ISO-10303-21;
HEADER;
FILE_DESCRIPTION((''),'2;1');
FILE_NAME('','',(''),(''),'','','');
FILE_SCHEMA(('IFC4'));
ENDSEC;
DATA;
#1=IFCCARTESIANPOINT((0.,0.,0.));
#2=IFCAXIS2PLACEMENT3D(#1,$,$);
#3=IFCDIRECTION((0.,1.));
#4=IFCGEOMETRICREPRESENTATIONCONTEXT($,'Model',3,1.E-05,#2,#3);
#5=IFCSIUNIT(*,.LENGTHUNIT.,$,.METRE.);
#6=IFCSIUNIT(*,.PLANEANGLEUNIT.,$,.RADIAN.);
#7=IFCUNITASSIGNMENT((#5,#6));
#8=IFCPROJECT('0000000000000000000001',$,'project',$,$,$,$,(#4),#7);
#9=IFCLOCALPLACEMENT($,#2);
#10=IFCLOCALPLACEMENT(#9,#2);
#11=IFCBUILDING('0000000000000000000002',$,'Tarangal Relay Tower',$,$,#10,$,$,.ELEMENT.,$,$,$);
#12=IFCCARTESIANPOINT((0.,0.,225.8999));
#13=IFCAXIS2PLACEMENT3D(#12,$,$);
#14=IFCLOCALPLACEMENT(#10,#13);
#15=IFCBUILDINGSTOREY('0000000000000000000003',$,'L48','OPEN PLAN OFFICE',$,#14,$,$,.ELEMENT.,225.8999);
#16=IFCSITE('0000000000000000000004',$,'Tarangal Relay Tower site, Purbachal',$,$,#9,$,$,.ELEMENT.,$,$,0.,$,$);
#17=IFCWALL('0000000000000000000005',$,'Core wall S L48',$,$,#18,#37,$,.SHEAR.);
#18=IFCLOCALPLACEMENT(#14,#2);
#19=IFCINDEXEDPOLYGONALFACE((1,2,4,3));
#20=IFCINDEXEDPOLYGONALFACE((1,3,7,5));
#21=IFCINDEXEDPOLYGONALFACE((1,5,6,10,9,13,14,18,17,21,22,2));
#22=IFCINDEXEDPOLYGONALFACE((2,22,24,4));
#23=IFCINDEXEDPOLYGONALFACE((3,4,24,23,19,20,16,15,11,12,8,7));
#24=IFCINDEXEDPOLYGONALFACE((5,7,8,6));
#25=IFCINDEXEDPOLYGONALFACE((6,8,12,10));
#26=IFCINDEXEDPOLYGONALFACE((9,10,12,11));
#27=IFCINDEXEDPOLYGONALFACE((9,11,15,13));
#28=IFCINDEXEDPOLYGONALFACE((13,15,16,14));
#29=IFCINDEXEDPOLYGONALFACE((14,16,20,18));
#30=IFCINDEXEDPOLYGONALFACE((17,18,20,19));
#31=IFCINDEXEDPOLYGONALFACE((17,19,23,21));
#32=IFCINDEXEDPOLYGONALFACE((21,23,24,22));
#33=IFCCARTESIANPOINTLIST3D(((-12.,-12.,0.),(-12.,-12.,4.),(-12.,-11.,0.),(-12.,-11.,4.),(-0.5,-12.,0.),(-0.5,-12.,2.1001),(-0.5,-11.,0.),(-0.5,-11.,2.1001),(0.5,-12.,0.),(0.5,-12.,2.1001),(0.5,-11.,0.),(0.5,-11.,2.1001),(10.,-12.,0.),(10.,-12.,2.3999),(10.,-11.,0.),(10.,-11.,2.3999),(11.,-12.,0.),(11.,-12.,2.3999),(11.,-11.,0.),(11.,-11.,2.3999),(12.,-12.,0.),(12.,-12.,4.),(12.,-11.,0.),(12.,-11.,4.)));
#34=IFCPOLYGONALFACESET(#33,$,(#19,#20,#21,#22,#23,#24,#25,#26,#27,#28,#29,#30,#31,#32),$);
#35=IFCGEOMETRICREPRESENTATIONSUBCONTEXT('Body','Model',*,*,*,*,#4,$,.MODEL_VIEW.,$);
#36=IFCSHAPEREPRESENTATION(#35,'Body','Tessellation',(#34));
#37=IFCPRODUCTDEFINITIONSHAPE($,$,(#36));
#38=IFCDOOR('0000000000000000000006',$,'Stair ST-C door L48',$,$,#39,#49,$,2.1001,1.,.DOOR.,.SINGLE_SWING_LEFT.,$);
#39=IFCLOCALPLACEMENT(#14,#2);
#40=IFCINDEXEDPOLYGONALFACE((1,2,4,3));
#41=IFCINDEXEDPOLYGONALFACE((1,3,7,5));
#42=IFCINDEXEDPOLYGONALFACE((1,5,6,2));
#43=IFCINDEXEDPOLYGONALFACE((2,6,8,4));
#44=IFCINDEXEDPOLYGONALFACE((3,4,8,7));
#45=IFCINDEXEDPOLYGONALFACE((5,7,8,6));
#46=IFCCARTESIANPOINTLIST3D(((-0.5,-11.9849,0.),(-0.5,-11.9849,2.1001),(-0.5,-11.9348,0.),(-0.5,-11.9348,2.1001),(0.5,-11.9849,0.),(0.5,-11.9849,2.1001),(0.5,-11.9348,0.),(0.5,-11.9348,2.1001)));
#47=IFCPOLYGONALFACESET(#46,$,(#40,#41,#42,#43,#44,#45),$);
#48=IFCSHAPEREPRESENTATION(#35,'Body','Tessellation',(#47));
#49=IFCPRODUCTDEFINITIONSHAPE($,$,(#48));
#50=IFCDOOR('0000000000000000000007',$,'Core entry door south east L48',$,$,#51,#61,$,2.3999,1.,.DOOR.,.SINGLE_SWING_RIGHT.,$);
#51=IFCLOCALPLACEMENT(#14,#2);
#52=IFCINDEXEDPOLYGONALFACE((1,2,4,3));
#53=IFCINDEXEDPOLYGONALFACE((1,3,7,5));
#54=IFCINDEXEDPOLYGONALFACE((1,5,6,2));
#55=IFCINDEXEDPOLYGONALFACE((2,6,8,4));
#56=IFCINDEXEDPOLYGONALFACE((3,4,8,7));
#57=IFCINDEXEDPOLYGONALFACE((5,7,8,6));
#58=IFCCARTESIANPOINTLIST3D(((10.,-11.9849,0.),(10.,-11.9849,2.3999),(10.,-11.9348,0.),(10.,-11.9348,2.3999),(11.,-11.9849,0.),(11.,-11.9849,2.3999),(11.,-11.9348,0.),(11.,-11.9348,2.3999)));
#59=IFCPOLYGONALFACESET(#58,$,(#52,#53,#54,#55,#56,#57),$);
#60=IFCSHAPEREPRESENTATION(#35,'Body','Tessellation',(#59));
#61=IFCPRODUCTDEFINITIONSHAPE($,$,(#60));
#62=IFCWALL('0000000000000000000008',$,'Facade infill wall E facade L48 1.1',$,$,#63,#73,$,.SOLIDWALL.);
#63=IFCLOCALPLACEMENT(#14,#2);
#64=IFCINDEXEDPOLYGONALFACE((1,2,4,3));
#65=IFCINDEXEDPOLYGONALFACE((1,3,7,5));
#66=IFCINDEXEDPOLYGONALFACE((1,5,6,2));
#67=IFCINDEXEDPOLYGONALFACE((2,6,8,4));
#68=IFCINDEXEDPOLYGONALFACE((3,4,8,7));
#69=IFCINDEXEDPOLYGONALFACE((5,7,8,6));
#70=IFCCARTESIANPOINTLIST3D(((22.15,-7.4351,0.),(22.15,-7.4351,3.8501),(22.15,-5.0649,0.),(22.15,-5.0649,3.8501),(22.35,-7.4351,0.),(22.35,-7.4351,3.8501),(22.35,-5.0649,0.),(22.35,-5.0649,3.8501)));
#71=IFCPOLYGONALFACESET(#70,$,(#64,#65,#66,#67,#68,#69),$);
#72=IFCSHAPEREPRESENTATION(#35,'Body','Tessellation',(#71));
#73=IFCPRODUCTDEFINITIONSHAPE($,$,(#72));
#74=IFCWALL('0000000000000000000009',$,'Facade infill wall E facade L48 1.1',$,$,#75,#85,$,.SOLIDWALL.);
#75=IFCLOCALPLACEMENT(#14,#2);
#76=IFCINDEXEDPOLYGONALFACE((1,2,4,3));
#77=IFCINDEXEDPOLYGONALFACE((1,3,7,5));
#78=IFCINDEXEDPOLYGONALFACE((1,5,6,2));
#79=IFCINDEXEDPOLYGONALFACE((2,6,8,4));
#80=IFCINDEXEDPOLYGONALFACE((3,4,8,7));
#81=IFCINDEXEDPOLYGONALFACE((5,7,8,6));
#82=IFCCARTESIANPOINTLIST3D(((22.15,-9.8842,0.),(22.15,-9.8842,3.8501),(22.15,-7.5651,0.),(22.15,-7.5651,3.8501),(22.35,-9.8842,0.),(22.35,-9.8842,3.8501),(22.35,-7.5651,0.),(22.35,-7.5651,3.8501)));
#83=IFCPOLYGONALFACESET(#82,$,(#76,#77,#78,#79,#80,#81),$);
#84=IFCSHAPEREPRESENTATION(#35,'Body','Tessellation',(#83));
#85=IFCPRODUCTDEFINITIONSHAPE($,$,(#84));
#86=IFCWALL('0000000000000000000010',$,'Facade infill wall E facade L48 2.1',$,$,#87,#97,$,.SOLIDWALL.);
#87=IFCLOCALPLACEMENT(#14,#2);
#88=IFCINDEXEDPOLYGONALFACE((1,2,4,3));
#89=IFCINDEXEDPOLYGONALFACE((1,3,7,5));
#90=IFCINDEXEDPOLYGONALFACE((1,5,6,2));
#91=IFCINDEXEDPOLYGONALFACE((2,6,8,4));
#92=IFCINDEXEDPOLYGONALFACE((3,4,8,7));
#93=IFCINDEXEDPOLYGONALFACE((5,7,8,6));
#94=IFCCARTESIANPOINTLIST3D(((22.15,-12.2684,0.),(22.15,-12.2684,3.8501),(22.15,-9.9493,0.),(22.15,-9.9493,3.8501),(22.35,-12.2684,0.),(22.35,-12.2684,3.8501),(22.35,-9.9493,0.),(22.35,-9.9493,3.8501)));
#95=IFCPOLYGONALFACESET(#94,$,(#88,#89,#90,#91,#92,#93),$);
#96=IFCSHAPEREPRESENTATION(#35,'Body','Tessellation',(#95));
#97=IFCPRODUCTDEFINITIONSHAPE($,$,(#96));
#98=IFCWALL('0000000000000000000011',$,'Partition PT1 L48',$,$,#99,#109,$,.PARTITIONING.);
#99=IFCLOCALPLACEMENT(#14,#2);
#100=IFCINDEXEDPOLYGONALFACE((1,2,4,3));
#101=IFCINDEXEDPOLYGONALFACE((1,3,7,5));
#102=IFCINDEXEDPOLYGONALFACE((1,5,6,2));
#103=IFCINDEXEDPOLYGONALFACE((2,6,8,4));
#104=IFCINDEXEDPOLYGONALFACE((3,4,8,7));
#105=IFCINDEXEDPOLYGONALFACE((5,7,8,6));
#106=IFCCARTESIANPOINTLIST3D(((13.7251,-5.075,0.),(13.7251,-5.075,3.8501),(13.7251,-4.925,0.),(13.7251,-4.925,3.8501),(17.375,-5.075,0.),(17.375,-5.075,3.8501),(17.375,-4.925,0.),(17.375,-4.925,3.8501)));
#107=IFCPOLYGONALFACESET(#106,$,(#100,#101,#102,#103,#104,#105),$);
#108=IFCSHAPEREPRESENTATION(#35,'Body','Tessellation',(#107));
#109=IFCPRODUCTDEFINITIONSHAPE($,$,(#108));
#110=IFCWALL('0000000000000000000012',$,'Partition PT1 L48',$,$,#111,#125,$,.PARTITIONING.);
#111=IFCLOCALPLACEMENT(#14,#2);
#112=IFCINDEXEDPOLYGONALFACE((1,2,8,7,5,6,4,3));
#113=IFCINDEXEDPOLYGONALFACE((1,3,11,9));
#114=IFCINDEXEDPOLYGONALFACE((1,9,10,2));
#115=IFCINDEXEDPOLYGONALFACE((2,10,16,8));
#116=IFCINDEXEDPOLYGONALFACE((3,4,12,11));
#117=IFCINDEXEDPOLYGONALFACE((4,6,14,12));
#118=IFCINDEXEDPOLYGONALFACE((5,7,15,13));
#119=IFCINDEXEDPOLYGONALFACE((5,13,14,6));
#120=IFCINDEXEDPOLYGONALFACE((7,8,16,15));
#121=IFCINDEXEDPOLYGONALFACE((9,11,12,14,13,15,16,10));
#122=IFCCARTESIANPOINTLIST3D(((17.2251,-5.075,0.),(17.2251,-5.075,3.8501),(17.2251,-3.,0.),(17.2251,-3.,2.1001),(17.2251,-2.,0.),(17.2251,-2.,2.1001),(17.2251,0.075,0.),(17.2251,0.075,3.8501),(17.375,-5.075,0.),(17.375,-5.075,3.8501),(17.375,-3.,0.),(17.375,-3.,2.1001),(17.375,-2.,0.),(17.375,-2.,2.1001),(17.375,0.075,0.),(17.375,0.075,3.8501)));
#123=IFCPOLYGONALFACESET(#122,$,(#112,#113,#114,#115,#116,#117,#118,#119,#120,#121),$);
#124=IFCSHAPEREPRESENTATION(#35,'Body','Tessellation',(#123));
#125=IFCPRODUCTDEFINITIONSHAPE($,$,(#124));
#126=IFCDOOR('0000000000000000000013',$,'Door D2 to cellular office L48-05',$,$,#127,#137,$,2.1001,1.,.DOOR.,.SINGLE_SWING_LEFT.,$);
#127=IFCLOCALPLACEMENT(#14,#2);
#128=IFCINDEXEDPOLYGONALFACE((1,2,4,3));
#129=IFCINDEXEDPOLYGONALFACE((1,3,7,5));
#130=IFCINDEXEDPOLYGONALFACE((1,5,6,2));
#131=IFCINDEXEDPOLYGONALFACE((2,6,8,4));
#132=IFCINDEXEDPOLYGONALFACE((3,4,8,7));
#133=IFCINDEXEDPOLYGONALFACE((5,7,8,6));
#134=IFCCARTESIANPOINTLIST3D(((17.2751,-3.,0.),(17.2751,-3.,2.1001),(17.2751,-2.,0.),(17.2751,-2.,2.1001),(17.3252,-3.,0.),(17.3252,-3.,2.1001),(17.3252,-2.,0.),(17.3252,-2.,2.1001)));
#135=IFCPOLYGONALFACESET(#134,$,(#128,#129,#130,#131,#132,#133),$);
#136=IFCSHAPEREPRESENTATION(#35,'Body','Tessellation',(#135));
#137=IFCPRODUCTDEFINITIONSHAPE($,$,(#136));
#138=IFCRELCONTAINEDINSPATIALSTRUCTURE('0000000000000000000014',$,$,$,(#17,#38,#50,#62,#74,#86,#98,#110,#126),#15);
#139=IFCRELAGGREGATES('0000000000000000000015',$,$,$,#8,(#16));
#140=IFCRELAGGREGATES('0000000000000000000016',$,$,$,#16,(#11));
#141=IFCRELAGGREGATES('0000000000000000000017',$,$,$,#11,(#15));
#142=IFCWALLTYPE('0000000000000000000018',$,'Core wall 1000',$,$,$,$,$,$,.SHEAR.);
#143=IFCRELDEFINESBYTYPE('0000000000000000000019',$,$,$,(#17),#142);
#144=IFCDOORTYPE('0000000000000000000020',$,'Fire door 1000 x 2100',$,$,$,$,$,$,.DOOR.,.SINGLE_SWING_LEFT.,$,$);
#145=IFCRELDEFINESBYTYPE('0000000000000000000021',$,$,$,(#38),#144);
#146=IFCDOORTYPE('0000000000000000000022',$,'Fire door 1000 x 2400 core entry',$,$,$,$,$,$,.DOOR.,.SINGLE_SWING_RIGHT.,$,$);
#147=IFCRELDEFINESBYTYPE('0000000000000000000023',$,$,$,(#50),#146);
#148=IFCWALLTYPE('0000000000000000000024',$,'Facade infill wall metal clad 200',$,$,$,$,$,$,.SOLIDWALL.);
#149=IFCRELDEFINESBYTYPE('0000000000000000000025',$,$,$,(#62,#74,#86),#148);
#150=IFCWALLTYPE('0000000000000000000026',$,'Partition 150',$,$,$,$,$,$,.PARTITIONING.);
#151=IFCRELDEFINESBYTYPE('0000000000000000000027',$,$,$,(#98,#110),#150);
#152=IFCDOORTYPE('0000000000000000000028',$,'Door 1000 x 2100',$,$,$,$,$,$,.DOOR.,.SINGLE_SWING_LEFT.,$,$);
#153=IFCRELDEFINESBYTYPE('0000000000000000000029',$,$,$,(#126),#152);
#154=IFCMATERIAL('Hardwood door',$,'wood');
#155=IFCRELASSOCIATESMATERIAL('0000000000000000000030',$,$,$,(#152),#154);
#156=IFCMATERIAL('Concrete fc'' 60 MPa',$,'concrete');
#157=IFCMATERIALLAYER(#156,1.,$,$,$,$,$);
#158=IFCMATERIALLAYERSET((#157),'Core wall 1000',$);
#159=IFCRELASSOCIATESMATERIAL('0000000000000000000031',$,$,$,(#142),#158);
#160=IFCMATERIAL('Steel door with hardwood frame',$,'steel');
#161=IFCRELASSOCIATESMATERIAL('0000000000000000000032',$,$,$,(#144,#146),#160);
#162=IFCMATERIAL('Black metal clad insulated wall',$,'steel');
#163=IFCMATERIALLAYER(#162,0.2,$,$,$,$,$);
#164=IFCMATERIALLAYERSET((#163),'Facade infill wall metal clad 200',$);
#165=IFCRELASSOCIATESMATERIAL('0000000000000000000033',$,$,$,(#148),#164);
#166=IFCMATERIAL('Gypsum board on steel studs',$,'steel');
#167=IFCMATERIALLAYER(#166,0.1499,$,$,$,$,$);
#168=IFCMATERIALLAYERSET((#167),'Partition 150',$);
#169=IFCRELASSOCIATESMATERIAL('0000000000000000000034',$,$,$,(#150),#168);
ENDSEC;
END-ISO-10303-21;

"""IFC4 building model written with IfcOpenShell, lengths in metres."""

from ifc_helpers import new_model, si_unit, direction, frame, frame_2d, origin, place, context, subcontext, project, spatial, rectangle, extrude, material, layer, layer_set, type_object, element, fill, save


model = new_model("IFC4")

# Units and contexts
model_context = context("Model", 3, precision=1e-05, world=origin(), true_north=direction((0.0, 1.0)))
body_context = subcontext(model_context, "Body", "Model", "MODEL_VIEW")
ifc_project = project(units=[si_unit("LENGTHUNIT", "METRE"), si_unit("PLANEANGLEUNIT", "RADIAN")], contexts=[model_context])

# Site, building, storey
site_placement = place(None, origin())
site = spatial("IfcSite", under=ifc_project, at=site_placement, Name="Tarangal Relay Tower site, Purbachal", CompositionType="ELEMENT", RefElevation=0.0)
building_placement = place(site_placement, origin())
building = spatial("IfcBuilding", under=site, at=building_placement, Name="Tarangal Relay Tower", CompositionType="ELEMENT")
storey_placement = place(building_placement, frame((0.0, 0.0, 225.8999)))
storey = spatial("IfcBuildingStorey", under=building, at=storey_placement, Name="L48", Description="OPEN PLAN OFFICE", CompositionType="ELEMENT", Elevation=225.8999)

# Shared definitions
ifc_material_1 = material(Name="Hardwood door", Category="wood")
door_type_1 = type_object("IfcDoorType", Name="Door 1000 x 2100", OperationType="SINGLE_SWING_LEFT", PredefinedType="DOOR", material=ifc_material_1)

# Wall, openings, doors
ifc_material_2 = material(Name="Concrete fc' 60 MPa", Category="concrete")
ifc_layer_1 = layer(ifc_material_2, 1.0)
ifc_layer_set_1 = layer_set([ifc_layer_1], Name="Core wall 1000")
wall_type_1 = type_object("IfcWallType", Name="Core wall 1000", PredefinedType="SHEAR", material=ifc_layer_set_1)
wall_1_placement = place(storey_placement, frame((12.0, -11.5, 0.0), z_axis=(0.0, 0.0, 1.0), x_axis=(-1.0, 0.0, 0.0)))
wall_1 = element("IfcWall", 1, at=wall_1_placement, inside=storey, type_object=wall_type_1, Name="Core wall S L48", PredefinedType="SHEAR", context=body_context, shape_type="SweptSolid", body=[
    extrude(rectangle(XDim=24.0, YDim=1.0, at=frame_2d((12.0, 0.0))), origin(), (0.0, 0.0, 1.0), 4.0),
])
opening_1_placement = place(wall_1_placement, frame((11.5, 0.0, 0.0)))
opening_1 = element("IfcOpeningElement", 2, at=opening_1_placement, cuts=wall_1, PredefinedType="OPENING", context=body_context, shape_type="SweptSolid", body=[
    extrude(rectangle(XDim=1.0, YDim=2.1001, at=frame_2d((0.5, 1.05))), frame((0.0, 0.51, 0.0), z_axis=(0.0, -1.0, 0.0), x_axis=(1.0, 0.0, 0.0)), (0.0, 0.0, 1.0), 1.02),
])
opening_2_placement = place(wall_1_placement, frame((1.0, 0.0, 0.0)))
opening_2 = element("IfcOpeningElement", 3, at=opening_2_placement, cuts=wall_1, PredefinedType="OPENING", context=body_context, shape_type="SweptSolid", body=[
    extrude(rectangle(XDim=1.0, YDim=2.3999, at=frame_2d((0.5, 1.2))), frame((0.0, 0.51, 0.0), z_axis=(0.0, -1.0, 0.0), x_axis=(1.0, 0.0, 0.0)), (0.0, 0.0, 1.0), 1.02),
])
ifc_material_3 = material(Name="Steel door with hardwood frame", Category="steel")
door_type_2 = type_object("IfcDoorType", Name="Fire door 1000 x 2100", OperationType="SINGLE_SWING_LEFT", PredefinedType="DOOR", material=ifc_material_3)
door_1_placement = place(opening_1_placement, origin())
door_1 = element("IfcDoor", 4, at=door_1_placement, inside=storey, type_object=door_type_2, Name="Stair ST-C door L48", OperationType="SINGLE_SWING_LEFT", OverallHeight=2.1001, OverallWidth=1.0, PredefinedType="DOOR", context=body_context, shape_type="SweptSolid", body=[
    extrude(rectangle(XDim=1.0, YDim=2.1001, at=frame_2d((0.5, 1.05))), frame((0.0, 0.4849, 0.0), z_axis=(0.0, -1.0, 0.0), x_axis=(1.0, 0.0, 0.0)), (0.0, 0.0, 1.0), 0.05),
])
fill(opening_1, door_1)
door_type_3 = type_object("IfcDoorType", Name="Fire door 1000 x 2400 core entry", OperationType="SINGLE_SWING_RIGHT", PredefinedType="DOOR", material=ifc_material_3)
door_2_placement = place(opening_2_placement, origin())
door_2 = element("IfcDoor", 5, at=door_2_placement, inside=storey, type_object=door_type_3, Name="Core entry door south east L48", OperationType="SINGLE_SWING_RIGHT", OverallHeight=2.3999, OverallWidth=1.0, PredefinedType="DOOR", context=body_context, shape_type="SweptSolid", body=[
    extrude(rectangle(XDim=1.0, YDim=2.3999, at=frame_2d((0.5, 1.2))), frame((0.0, 0.4849, 0.0), z_axis=(0.0, -1.0, 0.0), x_axis=(1.0, 0.0, 0.0)), (0.0, 0.0, 1.0), 0.05),
])
fill(opening_2, door_2)

# Walls
ifc_material_4 = material(Name="Black metal clad insulated wall", Category="steel")
ifc_layer_2 = layer(ifc_material_4, 0.2)
ifc_layer_set_2 = layer_set([ifc_layer_2], Name="Facade infill wall metal clad 200")
wall_type_2 = type_object("IfcWallType", Name="Facade infill wall metal clad 200", PredefinedType="SOLIDWALL", material=ifc_layer_set_2)
wall_2_placement = place(storey_placement, frame((22.25, -5.0649, 0.0), z_axis=(0.0, 0.0, 1.0), x_axis=(0.0, -1.0, 0.0)))
element("IfcWall", 6, at=wall_2_placement, inside=storey, type_object=wall_type_2, Name="Facade infill wall E facade L48 1.1", PredefinedType="SOLIDWALL", context=body_context, shape_type="SweptSolid", body=[
    extrude(rectangle(XDim=2.3701, YDim=0.2, at=frame_2d((1.1851, 0.0))), origin(), (0.0, 0.0, 1.0), 3.8501),
])
for number, where, z_axis, x_axis, name in (
    (7, (22.25, -7.5649, 0.0), (0.0, 0.0, 1.0), (0.0, -1.0, 0.0), "Facade infill wall E facade L48 1.1"),
    (8, (22.25, -9.9492, 0.0), (0.0, 0.0, 1.0), (0.0, -1.0, 0.0), "Facade infill wall E facade L48 2.1"),
):
    element("IfcWall", number, at=place(storey_placement, frame(where, z_axis=z_axis, x_axis=x_axis)), inside=storey, type_object=wall_type_2, Name=name, PredefinedType="SOLIDWALL", context=body_context, shape_type="SweptSolid", body=[
        extrude(rectangle(XDim=2.3191, YDim=0.2, at=frame_2d((1.1597, 0.0))), origin(), (0.0, 0.0, 1.0), 3.8501),
    ])
ifc_material_5 = material(Name="Gypsum board on steel studs", Category="steel")
ifc_layer_3 = layer(ifc_material_5, 0.1499)
ifc_layer_set_3 = layer_set([ifc_layer_3], Name="Partition 150")
wall_type_3 = type_object("IfcWallType", Name="Partition 150", PredefinedType="PARTITIONING", material=ifc_layer_set_3)
wall_3_placement = place(storey_placement, frame((13.7251, -5.0, 0.0), z_axis=(0.0, 0.0, 1.0), x_axis=(1.0, 0.0, 0.0)))
element("IfcWall", 9, at=wall_3_placement, inside=storey, type_object=wall_type_3, Name="Partition PT1 L48", PredefinedType="PARTITIONING", context=body_context, shape_type="SweptSolid", body=[
    extrude(rectangle(XDim=3.6499, YDim=0.1499, at=frame_2d((1.825, 0.0))), origin(), (0.0, 0.0, 1.0), 3.8501),
])

# Wall, opening, door
wall_4_placement = place(storey_placement, frame((17.3, -5.075, 0.0), z_axis=(0.0, 0.0, 1.0), x_axis=(0.0, 1.0, 0.0)))
wall_4 = element("IfcWall", 10, at=wall_4_placement, inside=storey, type_object=wall_type_3, Name="Partition PT1 L48", PredefinedType="PARTITIONING", context=body_context, shape_type="SweptSolid", body=[
    extrude(rectangle(XDim=5.1499, YDim=0.1499, at=frame_2d((2.575, 0.0))), origin(), (0.0, 0.0, 1.0), 3.8501),
])
opening_3_placement = place(wall_4_placement, frame((2.075, 0.0, 0.0)))
opening_3 = element("IfcOpeningElement", 11, at=opening_3_placement, cuts=wall_4, PredefinedType="OPENING", context=body_context, shape_type="SweptSolid", body=[
    extrude(rectangle(XDim=1.0, YDim=2.1001, at=frame_2d((0.5, 1.05))), frame((0.0, 0.085, 0.0), z_axis=(0.0, -1.0, 0.0), x_axis=(1.0, 0.0, 0.0)), (0.0, 0.0, 1.0), 0.1699),
])
door_3_placement = place(opening_3_placement, origin())
door_3 = element("IfcDoor", 12, at=door_3_placement, inside=storey, type_object=door_type_1, Name="Door D2 to cellular office L48-05", OperationType="SINGLE_SWING_LEFT", OverallHeight=2.1001, OverallWidth=1.0, PredefinedType="DOOR", context=body_context, shape_type="SweptSolid", body=[
    extrude(rectangle(XDim=1.0, YDim=2.1001, at=frame_2d((0.5, 1.05))), frame((0.0, 0.0249, 0.0), z_axis=(0.0, -1.0, 0.0), x_axis=(1.0, 0.0, 0.0)), (0.0, 0.0, 1.0), 0.05),
])
fill(opening_3, door_3)

save(model, "model.ifc")
